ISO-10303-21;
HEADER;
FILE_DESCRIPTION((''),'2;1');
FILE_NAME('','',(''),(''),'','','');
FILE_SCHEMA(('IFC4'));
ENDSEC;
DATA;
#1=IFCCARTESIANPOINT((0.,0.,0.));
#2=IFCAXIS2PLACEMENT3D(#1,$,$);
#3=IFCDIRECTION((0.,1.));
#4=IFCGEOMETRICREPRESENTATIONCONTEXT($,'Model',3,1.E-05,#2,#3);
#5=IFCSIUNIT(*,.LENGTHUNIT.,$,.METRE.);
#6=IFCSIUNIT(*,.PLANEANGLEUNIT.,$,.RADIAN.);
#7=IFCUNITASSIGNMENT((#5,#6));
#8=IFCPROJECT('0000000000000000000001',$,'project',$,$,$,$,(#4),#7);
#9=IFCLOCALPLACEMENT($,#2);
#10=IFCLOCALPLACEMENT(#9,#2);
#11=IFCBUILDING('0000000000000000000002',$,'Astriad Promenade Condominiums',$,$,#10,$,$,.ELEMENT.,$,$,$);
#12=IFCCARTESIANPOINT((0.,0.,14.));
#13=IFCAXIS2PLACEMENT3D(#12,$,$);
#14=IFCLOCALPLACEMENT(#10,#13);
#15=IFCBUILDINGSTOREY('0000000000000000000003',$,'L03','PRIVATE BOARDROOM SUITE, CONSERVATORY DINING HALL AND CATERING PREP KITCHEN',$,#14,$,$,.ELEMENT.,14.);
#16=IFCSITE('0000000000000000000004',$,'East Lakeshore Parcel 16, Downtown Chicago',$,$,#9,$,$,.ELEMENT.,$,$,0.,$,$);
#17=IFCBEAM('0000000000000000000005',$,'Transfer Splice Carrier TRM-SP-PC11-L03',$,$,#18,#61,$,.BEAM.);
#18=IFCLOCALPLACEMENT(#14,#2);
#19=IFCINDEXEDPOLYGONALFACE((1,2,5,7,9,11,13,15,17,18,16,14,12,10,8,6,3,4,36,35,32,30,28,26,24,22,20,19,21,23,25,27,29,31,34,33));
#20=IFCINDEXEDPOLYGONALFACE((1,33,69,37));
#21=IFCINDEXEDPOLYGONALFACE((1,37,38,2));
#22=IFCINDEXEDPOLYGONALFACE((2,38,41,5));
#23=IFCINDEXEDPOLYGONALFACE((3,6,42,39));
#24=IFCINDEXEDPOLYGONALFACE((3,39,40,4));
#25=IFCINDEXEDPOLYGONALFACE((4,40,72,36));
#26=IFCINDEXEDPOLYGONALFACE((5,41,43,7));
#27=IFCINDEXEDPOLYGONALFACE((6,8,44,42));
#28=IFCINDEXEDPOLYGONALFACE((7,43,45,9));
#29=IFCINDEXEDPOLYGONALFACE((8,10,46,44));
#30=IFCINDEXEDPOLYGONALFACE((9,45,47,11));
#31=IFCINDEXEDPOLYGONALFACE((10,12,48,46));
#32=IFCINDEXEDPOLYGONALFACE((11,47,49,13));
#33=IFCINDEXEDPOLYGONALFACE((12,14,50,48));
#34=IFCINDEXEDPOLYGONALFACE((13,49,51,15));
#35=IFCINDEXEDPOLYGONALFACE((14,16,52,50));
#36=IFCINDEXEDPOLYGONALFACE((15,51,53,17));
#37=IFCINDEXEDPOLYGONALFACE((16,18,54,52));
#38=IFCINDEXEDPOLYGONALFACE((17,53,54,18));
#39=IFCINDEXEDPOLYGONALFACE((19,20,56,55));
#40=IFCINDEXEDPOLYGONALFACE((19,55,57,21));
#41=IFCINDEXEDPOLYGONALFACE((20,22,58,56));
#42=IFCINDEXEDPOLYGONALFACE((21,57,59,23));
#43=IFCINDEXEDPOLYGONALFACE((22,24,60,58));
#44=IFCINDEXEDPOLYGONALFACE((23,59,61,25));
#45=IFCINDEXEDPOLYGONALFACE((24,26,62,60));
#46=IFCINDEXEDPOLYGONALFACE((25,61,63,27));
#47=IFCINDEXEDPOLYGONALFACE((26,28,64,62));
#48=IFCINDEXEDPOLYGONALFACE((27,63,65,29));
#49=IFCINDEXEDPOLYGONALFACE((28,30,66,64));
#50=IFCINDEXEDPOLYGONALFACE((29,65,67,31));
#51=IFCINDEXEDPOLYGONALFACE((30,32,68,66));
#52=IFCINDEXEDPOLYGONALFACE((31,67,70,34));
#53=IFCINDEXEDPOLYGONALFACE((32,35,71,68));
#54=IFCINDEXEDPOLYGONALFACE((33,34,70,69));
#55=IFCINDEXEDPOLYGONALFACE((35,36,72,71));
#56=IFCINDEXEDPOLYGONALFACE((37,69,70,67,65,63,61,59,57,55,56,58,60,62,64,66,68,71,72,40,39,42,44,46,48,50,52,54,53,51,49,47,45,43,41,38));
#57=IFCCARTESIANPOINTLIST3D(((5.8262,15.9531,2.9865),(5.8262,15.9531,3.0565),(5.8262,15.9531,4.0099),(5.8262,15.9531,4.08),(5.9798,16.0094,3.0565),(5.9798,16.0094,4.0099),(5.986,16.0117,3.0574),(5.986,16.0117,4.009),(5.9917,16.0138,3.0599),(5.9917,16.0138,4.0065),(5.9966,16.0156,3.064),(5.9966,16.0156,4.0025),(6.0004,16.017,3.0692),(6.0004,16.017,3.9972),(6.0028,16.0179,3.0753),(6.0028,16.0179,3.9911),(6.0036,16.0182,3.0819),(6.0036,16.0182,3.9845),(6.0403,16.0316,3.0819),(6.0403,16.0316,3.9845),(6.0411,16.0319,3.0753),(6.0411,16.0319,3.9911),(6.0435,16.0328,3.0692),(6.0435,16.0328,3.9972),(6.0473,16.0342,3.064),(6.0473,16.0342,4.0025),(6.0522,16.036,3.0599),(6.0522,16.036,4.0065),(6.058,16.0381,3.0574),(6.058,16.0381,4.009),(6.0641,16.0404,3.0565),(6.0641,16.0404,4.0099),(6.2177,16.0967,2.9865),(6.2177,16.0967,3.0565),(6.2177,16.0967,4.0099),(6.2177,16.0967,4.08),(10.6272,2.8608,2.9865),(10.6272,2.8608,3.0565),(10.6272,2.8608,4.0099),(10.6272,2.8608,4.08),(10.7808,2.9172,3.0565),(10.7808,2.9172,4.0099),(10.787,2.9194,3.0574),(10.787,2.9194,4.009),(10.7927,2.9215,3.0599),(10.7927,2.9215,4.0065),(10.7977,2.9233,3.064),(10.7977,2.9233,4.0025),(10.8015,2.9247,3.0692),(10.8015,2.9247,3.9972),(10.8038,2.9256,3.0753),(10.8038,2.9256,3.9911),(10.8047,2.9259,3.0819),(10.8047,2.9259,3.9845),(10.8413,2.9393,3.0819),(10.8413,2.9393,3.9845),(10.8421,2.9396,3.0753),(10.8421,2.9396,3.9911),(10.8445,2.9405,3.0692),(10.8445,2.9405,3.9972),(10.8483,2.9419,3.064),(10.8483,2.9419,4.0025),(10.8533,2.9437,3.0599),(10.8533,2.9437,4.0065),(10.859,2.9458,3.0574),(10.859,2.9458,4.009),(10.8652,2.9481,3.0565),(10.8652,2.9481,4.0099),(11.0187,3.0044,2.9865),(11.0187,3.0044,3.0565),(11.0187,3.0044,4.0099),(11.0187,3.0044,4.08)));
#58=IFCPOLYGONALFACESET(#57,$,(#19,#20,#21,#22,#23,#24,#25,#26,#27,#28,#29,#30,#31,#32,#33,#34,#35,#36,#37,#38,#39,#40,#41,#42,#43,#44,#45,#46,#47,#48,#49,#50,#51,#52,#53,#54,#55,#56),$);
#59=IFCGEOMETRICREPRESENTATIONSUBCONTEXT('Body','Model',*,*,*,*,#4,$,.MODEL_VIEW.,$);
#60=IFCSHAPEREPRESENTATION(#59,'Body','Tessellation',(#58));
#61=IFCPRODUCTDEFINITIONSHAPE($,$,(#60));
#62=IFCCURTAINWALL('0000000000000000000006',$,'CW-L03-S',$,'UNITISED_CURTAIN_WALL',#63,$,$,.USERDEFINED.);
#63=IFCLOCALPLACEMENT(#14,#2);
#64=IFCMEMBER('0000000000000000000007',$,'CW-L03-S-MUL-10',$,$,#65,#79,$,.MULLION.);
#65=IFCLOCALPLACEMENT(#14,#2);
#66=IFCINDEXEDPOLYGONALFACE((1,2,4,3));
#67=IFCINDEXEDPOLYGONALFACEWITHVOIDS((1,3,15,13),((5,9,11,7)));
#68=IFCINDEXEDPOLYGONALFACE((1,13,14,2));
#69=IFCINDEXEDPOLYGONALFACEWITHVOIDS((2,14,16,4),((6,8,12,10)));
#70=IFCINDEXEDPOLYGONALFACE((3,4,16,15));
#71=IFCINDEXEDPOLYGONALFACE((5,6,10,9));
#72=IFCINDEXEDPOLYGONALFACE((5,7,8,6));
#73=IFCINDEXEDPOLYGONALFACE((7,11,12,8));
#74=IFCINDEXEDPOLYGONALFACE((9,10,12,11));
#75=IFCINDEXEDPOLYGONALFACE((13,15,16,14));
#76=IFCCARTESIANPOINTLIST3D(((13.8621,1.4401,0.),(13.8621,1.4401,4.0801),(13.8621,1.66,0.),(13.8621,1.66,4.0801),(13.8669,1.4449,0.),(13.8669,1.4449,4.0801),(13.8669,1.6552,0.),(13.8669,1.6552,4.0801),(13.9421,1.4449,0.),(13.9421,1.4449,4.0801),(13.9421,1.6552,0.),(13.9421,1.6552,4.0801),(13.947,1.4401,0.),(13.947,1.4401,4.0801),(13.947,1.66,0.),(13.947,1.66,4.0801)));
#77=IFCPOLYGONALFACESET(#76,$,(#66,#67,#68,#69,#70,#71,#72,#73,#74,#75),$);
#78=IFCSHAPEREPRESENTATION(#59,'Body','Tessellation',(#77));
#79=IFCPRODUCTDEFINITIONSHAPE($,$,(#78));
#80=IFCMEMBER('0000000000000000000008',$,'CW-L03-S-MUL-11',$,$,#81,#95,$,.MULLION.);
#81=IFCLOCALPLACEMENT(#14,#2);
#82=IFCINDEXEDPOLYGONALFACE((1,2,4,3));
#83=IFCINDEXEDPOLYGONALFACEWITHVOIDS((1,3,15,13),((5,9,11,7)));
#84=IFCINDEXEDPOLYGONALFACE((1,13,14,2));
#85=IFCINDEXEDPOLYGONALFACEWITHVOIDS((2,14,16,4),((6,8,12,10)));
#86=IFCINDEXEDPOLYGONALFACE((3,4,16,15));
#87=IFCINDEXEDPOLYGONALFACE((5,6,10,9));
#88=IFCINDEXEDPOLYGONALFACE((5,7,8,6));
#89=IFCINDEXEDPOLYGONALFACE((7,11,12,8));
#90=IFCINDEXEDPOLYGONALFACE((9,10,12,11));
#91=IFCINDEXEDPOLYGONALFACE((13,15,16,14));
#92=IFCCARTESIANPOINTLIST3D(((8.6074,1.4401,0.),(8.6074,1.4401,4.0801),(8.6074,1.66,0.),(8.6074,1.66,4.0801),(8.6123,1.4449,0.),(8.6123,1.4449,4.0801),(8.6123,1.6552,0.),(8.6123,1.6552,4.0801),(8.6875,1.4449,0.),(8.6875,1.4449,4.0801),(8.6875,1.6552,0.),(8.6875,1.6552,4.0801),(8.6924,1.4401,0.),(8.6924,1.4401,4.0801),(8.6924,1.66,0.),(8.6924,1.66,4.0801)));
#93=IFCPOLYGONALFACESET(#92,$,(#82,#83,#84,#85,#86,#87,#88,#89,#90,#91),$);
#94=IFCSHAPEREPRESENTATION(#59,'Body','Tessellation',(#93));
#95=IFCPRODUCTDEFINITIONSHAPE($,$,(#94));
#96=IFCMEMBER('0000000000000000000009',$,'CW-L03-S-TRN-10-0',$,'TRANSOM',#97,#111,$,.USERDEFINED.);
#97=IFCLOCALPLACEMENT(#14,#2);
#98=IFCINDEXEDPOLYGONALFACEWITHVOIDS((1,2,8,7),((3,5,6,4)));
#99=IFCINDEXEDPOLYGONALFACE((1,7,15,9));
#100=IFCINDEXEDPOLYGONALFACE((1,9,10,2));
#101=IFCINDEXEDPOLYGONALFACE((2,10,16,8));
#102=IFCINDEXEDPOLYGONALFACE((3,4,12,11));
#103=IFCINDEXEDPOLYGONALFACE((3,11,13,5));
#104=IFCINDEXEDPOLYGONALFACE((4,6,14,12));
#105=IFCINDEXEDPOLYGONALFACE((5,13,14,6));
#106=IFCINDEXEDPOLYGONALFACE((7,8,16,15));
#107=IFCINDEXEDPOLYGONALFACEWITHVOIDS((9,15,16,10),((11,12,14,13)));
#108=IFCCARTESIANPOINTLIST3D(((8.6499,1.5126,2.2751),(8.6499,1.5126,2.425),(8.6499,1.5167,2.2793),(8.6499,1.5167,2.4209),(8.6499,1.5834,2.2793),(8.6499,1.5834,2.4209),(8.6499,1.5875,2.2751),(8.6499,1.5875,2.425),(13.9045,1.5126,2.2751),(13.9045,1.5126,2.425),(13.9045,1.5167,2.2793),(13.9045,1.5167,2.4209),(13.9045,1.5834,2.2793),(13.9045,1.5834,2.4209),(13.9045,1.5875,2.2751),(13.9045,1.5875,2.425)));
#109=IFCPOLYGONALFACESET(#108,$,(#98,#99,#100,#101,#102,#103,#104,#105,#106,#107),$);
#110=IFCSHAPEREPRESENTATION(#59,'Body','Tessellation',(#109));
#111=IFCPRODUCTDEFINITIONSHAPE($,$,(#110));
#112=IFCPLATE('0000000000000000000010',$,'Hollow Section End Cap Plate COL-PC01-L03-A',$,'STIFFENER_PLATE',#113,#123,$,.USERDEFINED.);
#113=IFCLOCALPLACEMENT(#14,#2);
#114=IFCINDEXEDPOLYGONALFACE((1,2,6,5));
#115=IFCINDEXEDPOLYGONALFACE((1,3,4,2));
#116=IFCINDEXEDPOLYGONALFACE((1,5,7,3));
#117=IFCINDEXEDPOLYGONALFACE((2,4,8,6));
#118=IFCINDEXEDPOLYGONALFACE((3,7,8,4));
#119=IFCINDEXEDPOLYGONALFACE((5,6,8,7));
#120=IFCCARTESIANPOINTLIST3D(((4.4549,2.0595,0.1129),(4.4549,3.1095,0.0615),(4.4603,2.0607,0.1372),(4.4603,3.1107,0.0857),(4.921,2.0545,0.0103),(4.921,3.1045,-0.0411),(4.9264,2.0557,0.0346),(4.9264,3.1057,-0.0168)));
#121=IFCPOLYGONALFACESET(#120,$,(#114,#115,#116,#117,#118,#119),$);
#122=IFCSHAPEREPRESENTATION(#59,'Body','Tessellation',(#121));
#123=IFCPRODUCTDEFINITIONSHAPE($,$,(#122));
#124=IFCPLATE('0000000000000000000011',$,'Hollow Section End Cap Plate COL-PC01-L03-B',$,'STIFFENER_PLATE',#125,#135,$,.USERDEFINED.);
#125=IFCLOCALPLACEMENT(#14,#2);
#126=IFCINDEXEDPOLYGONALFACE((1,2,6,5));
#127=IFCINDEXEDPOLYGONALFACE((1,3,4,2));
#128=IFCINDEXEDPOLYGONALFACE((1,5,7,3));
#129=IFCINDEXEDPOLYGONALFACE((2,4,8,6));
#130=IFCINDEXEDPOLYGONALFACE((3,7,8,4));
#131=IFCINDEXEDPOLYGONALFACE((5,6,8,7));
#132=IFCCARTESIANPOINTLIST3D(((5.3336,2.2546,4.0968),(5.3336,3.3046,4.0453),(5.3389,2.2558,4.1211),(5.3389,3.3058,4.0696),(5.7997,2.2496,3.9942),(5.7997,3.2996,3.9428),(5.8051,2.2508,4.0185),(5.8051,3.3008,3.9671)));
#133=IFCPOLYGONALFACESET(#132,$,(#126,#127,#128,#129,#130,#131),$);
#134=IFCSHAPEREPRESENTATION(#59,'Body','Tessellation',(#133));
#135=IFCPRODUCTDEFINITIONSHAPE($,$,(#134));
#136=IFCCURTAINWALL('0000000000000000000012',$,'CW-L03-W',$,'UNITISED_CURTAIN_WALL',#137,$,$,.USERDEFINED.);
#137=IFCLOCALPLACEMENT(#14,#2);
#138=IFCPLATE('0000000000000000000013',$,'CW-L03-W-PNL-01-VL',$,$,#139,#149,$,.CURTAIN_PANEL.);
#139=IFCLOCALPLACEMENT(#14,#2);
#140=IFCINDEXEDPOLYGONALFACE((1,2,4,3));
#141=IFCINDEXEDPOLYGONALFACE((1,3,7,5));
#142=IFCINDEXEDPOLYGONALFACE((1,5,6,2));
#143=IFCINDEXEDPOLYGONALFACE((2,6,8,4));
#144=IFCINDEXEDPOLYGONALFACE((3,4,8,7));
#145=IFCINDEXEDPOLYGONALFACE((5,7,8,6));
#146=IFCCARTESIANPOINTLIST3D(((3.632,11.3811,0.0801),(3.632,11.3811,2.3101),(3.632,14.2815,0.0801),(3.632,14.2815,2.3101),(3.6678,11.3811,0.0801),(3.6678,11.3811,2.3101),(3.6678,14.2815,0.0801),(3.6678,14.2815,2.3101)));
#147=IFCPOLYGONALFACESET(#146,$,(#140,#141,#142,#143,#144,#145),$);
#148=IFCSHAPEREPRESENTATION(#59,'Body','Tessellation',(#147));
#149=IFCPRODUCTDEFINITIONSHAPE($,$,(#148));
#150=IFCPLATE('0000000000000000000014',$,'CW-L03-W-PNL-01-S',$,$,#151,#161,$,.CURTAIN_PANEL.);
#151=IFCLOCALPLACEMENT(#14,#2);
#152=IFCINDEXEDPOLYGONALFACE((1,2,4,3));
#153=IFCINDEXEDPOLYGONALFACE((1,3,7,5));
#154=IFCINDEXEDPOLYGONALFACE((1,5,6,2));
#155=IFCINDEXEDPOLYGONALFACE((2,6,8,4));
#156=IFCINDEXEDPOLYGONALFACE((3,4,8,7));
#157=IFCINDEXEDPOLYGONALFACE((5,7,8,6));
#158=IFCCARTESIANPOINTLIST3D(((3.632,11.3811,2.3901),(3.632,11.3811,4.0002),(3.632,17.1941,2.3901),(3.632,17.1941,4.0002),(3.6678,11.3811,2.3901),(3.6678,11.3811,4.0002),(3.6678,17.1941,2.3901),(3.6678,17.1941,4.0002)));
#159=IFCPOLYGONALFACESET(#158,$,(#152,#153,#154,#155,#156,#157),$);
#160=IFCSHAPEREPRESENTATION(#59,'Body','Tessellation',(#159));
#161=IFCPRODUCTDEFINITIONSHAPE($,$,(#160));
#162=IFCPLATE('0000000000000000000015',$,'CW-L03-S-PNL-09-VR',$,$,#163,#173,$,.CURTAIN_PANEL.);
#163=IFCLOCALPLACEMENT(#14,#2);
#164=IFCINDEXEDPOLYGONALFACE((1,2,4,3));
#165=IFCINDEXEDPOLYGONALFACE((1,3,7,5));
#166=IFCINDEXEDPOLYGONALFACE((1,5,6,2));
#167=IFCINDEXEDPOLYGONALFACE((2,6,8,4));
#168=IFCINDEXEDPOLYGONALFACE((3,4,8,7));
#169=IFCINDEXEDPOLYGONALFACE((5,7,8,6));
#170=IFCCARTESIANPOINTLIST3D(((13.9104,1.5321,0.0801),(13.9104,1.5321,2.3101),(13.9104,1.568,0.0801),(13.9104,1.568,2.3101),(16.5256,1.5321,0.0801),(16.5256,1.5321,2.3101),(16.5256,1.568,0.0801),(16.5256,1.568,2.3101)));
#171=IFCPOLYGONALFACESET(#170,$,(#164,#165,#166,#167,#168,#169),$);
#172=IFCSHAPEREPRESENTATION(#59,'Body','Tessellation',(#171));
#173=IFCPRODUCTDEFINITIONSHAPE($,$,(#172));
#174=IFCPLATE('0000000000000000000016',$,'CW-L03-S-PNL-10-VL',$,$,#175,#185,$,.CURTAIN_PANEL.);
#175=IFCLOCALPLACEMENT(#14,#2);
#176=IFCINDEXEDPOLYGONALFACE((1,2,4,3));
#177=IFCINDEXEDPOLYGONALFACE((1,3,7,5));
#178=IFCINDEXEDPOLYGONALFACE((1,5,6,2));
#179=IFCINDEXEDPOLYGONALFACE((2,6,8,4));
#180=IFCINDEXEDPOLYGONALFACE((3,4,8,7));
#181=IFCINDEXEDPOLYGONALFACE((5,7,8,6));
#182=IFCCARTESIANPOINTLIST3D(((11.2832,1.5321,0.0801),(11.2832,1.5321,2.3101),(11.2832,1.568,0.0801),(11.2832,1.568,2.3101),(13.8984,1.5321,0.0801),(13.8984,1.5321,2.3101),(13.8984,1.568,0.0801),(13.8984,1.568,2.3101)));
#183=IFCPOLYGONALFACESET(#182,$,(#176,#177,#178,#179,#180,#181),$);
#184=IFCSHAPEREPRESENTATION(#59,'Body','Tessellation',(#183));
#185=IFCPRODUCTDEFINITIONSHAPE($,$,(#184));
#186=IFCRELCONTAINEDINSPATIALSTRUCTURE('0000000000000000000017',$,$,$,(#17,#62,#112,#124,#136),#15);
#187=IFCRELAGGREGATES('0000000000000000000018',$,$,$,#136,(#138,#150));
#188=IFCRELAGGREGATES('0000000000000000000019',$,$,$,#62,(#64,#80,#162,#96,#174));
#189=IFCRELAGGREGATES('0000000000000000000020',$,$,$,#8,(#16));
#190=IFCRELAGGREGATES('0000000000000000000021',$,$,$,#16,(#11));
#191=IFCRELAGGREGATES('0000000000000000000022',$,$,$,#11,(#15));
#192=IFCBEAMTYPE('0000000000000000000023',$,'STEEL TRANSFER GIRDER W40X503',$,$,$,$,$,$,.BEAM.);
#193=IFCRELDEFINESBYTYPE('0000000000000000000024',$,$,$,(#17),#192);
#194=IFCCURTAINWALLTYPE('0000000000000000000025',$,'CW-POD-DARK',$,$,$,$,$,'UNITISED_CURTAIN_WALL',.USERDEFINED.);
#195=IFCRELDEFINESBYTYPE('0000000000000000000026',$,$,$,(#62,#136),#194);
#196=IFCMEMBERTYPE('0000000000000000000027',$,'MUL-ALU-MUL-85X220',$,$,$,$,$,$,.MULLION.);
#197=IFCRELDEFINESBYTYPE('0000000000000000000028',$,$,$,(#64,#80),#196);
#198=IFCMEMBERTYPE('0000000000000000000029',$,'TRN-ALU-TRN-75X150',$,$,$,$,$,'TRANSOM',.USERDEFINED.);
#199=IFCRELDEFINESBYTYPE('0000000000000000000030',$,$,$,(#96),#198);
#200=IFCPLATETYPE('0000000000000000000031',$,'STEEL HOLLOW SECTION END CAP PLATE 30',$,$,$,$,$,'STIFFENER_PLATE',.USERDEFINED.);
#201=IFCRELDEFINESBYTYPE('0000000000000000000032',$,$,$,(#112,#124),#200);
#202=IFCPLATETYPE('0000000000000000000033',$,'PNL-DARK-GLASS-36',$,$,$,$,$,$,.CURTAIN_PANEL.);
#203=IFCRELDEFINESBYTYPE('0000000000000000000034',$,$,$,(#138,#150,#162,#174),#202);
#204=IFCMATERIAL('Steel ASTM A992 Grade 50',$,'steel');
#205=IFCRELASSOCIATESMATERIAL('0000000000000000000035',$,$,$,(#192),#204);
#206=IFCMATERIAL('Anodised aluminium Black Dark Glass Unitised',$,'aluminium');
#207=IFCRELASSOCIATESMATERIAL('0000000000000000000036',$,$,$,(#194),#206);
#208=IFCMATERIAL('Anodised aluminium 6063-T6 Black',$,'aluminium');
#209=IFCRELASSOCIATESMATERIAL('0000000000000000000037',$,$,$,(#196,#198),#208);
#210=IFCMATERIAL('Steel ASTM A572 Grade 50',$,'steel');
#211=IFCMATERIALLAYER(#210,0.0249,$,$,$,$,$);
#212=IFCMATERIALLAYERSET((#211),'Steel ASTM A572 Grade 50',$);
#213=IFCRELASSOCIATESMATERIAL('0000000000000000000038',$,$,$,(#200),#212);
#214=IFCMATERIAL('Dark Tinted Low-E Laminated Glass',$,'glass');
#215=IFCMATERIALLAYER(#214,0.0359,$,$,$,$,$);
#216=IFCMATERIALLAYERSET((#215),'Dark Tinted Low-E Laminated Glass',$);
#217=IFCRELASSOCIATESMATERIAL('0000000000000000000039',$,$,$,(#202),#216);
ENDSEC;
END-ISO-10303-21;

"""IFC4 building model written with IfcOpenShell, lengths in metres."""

from ifc_helpers import new_model, si_unit, direction, frame, origin, origin_2d, place, context, subcontext, project, spatial, rectangle, hollow_rectangle, i_section, extrude, source, transform, mapped, material, layer, layer_set, material_profile, profile_set, type_object, type_shapes, element, aggregate, save


model = new_model("IFC4")

# Units and contexts
model_context = context("Model", 3, precision=1e-05, world=origin(), true_north=direction((0.0, 1.0)))
body_context = subcontext(model_context, "Body", "Model", "MODEL_VIEW")
ifc_project = project(units=[si_unit("LENGTHUNIT", "METRE"), si_unit("PLANEANGLEUNIT", "RADIAN")], contexts=[model_context])

# Site, building, storey
site_placement = place(None, origin())
site = spatial("IfcSite", under=ifc_project, at=site_placement, Name="East Lakeshore Parcel 16, Downtown Chicago", CompositionType="ELEMENT", RefElevation=0.0)
building_placement = place(site_placement, origin())
building = spatial("IfcBuilding", under=site, at=building_placement, Name="Astriad Promenade Condominiums", CompositionType="ELEMENT")
storey_placement = place(building_placement, frame((0.0, 0.0, 14.0)))
storey = spatial("IfcBuildingStorey", under=building, at=storey_placement, Name="L03", Description="PRIVATE BOARDROOM SUITE, CONSERVATORY DINING HALL AND CATERING PREP KITCHEN", CompositionType="ELEMENT", Elevation=14.0)

# Shared definitions
ifc_material_1 = material(Name="Steel ASTM A992 Grade 50", Category="steel")

# Beam
ifc_material_profile_1 = material_profile(ifc_material_1, i_section(OverallWidth=0.417, OverallDepth=1.0935, WebThickness=0.0391, FlangeThickness=0.0701, FilletRadius=0.0254, at=origin_2d()), Name="W40X503")
ifc_profile_set_1 = profile_set([ifc_material_profile_1], Name="Steel ASTM A992 Grade 50")
beam_type_1 = type_object("IfcBeamType", Name="STEEL TRANSFER GIRDER W40X503", PredefinedType="BEAM", material=ifc_profile_set_1)
shared_shape_1 = source(origin(), body_context, "Body", "SweptSolid", [
    extrude(i_section(OverallWidth=0.417, OverallDepth=1.0935, WebThickness=0.0391, FlangeThickness=0.0701, FilletRadius=0.0254, at=origin_2d()), origin(), (0.0, 0.0, 1.0), 13.9448),
])
type_shapes(beam_type_1, [shared_shape_1])
beam_1_placement = place(storey_placement, frame((10.823, 2.9326, 3.5332), z_axis=(-0.344288, 0.938864, 0.0), x_axis=(-0.938864, -0.344288, 0.0)))
element("IfcBeam", 1, at=beam_1_placement, inside=storey, type_object=beam_type_1, Name="Transfer Splice Carrier TRM-SP-PC11-L03", PredefinedType="BEAM", context=body_context, shape_type="MappedRepresentation", body=[
    mapped(shared_shape_1, transform((0.0, 0.0, 0.0), scale=1.0)),
])

# Curtain wall, members
ifc_material_2 = material(Name="Anodised aluminium Black Dark Glass Unitised", Category="aluminium")
curtain_wall_type = type_object("IfcCurtainWallType", Name="CW-POD-DARK", ElementType="UNITISED_CURTAIN_WALL", PredefinedType="USERDEFINED", material=ifc_material_2)
curtain_wall_1_placement = place(storey_placement, origin())
curtain_wall_1 = element("IfcCurtainWall", 2, at=curtain_wall_1_placement, inside=storey, type_object=curtain_wall_type, Name="CW-L03-S", ObjectType="UNITISED_CURTAIN_WALL", PredefinedType="USERDEFINED")
ifc_material_3 = material(Name="Anodised aluminium 6063-T6 Black", Category="aluminium")
ifc_material_profile_2 = material_profile(ifc_material_3, hollow_rectangle(XDim=0.085, YDim=0.22, WallThickness=0.0049, at=origin_2d()), Name="ALU-MUL-85X220")
ifc_profile_set_2 = profile_set([ifc_material_profile_2], Name="Anodised aluminium 6063-T6 Black")
member_type_1 = type_object("IfcMemberType", Name="MUL-ALU-MUL-85X220", PredefinedType="MULLION", material=ifc_profile_set_2)
shared_shape_2 = source(origin(), body_context, "Body", "SweptSolid", [
    extrude(hollow_rectangle(XDim=0.085, YDim=0.22, WallThickness=0.0049, at=origin_2d()), origin(), (0.0, 0.0, 1.0), 4.0801),
])
type_shapes(member_type_1, [shared_shape_2])
member_1_placement = place(storey_placement, frame((13.9045, 1.55, 0.0), z_axis=(0.0, 0.0, 1.0), x_axis=(1.0, 0.0, 0.0)))
member_1 = element("IfcMember", 3, at=member_1_placement, type_object=member_type_1, Name="CW-L03-S-MUL-10", PredefinedType="MULLION", context=body_context, shape_type="MappedRepresentation", body=[
    mapped(shared_shape_2, transform((0.0, 0.0, 0.0), scale=1.0)),
])
member_2_placement = place(storey_placement, frame((8.6499, 1.55, 0.0), z_axis=(0.0, 0.0, 1.0), x_axis=(1.0, 0.0, 0.0)))
member_2 = element("IfcMember", 4, at=member_2_placement, type_object=member_type_1, Name="CW-L03-S-MUL-11", PredefinedType="MULLION", context=body_context, shape_type="MappedRepresentation", body=[
    mapped(shared_shape_2, transform((0.0, 0.0, 0.0), scale=1.0)),
])
ifc_material_profile_3 = material_profile(ifc_material_3, hollow_rectangle(XDim=0.075, YDim=0.1499, WallThickness=0.0042, at=origin_2d()), Name="ALU-TRN-75X150")
ifc_profile_set_3 = profile_set([ifc_material_profile_3], Name="Anodised aluminium 6063-T6 Black")
member_type_2 = type_object("IfcMemberType", Name="TRN-ALU-TRN-75X150", ElementType="TRANSOM", PredefinedType="USERDEFINED", material=ifc_profile_set_3)
shared_shape_3 = source(origin(), body_context, "Body", "SweptSolid", [
    extrude(hollow_rectangle(XDim=0.075, YDim=0.1499, WallThickness=0.0042, at=origin_2d()), origin(), (0.0, 0.0, 1.0), 5.2546),
])
type_shapes(member_type_2, [shared_shape_3])
member_3_placement = place(storey_placement, frame((13.9045, 1.55, 2.3501), z_axis=(-1.0, 0.0, 0.0), x_axis=(0.0, -1.0, 0.0)))
member_3 = element("IfcMember", 5, at=member_3_placement, type_object=member_type_2, Name="CW-L03-S-TRN-10-0", ObjectType="TRANSOM", PredefinedType="USERDEFINED", context=body_context, shape_type="MappedRepresentation", body=[
    mapped(shared_shape_3, transform((0.0, 0.0, 0.0), scale=1.0)),
])

# Plates
ifc_material_4 = material(Name="Steel ASTM A572 Grade 50", Category="steel")
ifc_layer_1 = layer(ifc_material_4, 0.0249)
ifc_layer_set_1 = layer_set([ifc_layer_1], Name="Steel ASTM A572 Grade 50")
plate_type_1 = type_object("IfcPlateType", Name="STEEL HOLLOW SECTION END CAP PLATE 30", ElementType="STIFFENER_PLATE", PredefinedType="USERDEFINED", material=ifc_layer_set_1)
shared_shape_4 = source(origin(), body_context, "Body", "SweptSolid", [
    extrude(rectangle(XDim=0.4773, YDim=1.0513, at=origin_2d()), origin(), (0.0, 0.0, 1.0), 0.0249),
])
type_shapes(plate_type_1, [shared_shape_4])
for number, where, z_axis, x_axis, name in (
    (6, (4.688, 2.582, 0.0359), (0.215154, 0.04779, 0.97541), (1.0, 0.0, 0.0), "Hollow Section End Cap Plate COL-PC01-L03-A"),
    (7, (5.5667, 2.7771, 4.0198), (0.215154, 0.04779, 0.97541), (1.0, 0.0, 0.0), "Hollow Section End Cap Plate COL-PC01-L03-B"),
):
    element("IfcPlate", number, at=place(storey_placement, frame(where, z_axis=z_axis, x_axis=x_axis)), inside=storey, type_object=plate_type_1, Name=name, ObjectType="STIFFENER_PLATE", PredefinedType="USERDEFINED", context=body_context, shape_type="MappedRepresentation", body=[
        mapped(shared_shape_4, transform((0.0, 0.0, 0.0), scale=1.0)),
    ])

# Curtain wall, plates
curtain_wall_2_placement = place(storey_placement, origin())
curtain_wall_2 = element("IfcCurtainWall", 8, at=curtain_wall_2_placement, inside=storey, type_object=curtain_wall_type, Name="CW-L03-W", ObjectType="UNITISED_CURTAIN_WALL", PredefinedType="USERDEFINED")
ifc_material_5 = material(Name="Dark Tinted Low-E Laminated Glass", Category="glass")
ifc_layer_2 = layer(ifc_material_5, 0.0359)
ifc_layer_set_2 = layer_set([ifc_layer_2], Name="Dark Tinted Low-E Laminated Glass")
plate_type_2 = type_object("IfcPlateType", Name="PNL-DARK-GLASS-36", PredefinedType="CURTAIN_PANEL", material=ifc_layer_set_2)
shared_shape_5 = source(origin(), body_context, "Body", "SweptSolid", [
    extrude(rectangle(XDim=2.9004, YDim=0.0359, at=origin_2d()), origin(), (0.0, 0.0, 1.0), 2.23),
])
plate_1_placement = place(storey_placement, frame((3.6499, 12.8313, 0.0801), z_axis=(0.0, 0.0, 1.0), x_axis=(0.0, 1.0, 0.0)))
plate_1 = element("IfcPlate", 9, at=plate_1_placement, type_object=plate_type_2, Name="CW-L03-W-PNL-01-VL", PredefinedType="CURTAIN_PANEL", context=body_context, shape_type="MappedRepresentation", body=[
    mapped(shared_shape_5, transform((0.0, 0.0, 0.0), scale=1.0)),
])
shared_shape_6 = source(origin(), body_context, "Body", "SweptSolid", [
    extrude(rectangle(XDim=5.813, YDim=0.0359, at=origin_2d()), origin(), (0.0, 0.0, 1.0), 1.6101),
])
plate_2_placement = place(storey_placement, frame((3.6499, 14.2876, 2.3901), z_axis=(0.0, 0.0, 1.0), x_axis=(0.0, 1.0, 0.0)))
plate_2 = element("IfcPlate", 10, at=plate_2_placement, type_object=plate_type_2, Name="CW-L03-W-PNL-01-S", PredefinedType="CURTAIN_PANEL", context=body_context, shape_type="MappedRepresentation", body=[
    mapped(shared_shape_6, transform((0.0, 0.0, 0.0), scale=1.0)),
])
aggregate(curtain_wall_2, [plate_1, plate_2])

# Plates
shared_shape_7 = source(origin(), body_context, "Body", "SweptSolid", [
    extrude(rectangle(XDim=2.6152, YDim=0.0359, at=origin_2d()), origin(), (0.0, 0.0, 1.0), 2.23),
])
plate_3_placement = place(storey_placement, frame((15.218, 1.55, 0.0801), z_axis=(0.0, 0.0, 1.0), x_axis=(-1.0, 0.0, 0.0)))
plate_3 = element("IfcPlate", 11, at=plate_3_placement, type_object=plate_type_2, Name="CW-L03-S-PNL-09-VR", PredefinedType="CURTAIN_PANEL", context=body_context, shape_type="MappedRepresentation", body=[
    mapped(shared_shape_7, transform((0.0, 0.0, 0.0), scale=1.0)),
])
plate_4_placement = place(storey_placement, frame((12.5908, 1.55, 0.0801), z_axis=(0.0, 0.0, 1.0), x_axis=(-1.0, 0.0, 0.0)))
plate_4 = element("IfcPlate", 12, at=plate_4_placement, type_object=plate_type_2, Name="CW-L03-S-PNL-10-VL", PredefinedType="CURTAIN_PANEL", context=body_context, shape_type="MappedRepresentation", body=[
    mapped(shared_shape_7, transform((0.0, 0.0, 0.0), scale=1.0)),
])
aggregate(curtain_wall_1, [member_1, member_2, plate_3, member_3, plate_4])

save(model, "model.ifc")
